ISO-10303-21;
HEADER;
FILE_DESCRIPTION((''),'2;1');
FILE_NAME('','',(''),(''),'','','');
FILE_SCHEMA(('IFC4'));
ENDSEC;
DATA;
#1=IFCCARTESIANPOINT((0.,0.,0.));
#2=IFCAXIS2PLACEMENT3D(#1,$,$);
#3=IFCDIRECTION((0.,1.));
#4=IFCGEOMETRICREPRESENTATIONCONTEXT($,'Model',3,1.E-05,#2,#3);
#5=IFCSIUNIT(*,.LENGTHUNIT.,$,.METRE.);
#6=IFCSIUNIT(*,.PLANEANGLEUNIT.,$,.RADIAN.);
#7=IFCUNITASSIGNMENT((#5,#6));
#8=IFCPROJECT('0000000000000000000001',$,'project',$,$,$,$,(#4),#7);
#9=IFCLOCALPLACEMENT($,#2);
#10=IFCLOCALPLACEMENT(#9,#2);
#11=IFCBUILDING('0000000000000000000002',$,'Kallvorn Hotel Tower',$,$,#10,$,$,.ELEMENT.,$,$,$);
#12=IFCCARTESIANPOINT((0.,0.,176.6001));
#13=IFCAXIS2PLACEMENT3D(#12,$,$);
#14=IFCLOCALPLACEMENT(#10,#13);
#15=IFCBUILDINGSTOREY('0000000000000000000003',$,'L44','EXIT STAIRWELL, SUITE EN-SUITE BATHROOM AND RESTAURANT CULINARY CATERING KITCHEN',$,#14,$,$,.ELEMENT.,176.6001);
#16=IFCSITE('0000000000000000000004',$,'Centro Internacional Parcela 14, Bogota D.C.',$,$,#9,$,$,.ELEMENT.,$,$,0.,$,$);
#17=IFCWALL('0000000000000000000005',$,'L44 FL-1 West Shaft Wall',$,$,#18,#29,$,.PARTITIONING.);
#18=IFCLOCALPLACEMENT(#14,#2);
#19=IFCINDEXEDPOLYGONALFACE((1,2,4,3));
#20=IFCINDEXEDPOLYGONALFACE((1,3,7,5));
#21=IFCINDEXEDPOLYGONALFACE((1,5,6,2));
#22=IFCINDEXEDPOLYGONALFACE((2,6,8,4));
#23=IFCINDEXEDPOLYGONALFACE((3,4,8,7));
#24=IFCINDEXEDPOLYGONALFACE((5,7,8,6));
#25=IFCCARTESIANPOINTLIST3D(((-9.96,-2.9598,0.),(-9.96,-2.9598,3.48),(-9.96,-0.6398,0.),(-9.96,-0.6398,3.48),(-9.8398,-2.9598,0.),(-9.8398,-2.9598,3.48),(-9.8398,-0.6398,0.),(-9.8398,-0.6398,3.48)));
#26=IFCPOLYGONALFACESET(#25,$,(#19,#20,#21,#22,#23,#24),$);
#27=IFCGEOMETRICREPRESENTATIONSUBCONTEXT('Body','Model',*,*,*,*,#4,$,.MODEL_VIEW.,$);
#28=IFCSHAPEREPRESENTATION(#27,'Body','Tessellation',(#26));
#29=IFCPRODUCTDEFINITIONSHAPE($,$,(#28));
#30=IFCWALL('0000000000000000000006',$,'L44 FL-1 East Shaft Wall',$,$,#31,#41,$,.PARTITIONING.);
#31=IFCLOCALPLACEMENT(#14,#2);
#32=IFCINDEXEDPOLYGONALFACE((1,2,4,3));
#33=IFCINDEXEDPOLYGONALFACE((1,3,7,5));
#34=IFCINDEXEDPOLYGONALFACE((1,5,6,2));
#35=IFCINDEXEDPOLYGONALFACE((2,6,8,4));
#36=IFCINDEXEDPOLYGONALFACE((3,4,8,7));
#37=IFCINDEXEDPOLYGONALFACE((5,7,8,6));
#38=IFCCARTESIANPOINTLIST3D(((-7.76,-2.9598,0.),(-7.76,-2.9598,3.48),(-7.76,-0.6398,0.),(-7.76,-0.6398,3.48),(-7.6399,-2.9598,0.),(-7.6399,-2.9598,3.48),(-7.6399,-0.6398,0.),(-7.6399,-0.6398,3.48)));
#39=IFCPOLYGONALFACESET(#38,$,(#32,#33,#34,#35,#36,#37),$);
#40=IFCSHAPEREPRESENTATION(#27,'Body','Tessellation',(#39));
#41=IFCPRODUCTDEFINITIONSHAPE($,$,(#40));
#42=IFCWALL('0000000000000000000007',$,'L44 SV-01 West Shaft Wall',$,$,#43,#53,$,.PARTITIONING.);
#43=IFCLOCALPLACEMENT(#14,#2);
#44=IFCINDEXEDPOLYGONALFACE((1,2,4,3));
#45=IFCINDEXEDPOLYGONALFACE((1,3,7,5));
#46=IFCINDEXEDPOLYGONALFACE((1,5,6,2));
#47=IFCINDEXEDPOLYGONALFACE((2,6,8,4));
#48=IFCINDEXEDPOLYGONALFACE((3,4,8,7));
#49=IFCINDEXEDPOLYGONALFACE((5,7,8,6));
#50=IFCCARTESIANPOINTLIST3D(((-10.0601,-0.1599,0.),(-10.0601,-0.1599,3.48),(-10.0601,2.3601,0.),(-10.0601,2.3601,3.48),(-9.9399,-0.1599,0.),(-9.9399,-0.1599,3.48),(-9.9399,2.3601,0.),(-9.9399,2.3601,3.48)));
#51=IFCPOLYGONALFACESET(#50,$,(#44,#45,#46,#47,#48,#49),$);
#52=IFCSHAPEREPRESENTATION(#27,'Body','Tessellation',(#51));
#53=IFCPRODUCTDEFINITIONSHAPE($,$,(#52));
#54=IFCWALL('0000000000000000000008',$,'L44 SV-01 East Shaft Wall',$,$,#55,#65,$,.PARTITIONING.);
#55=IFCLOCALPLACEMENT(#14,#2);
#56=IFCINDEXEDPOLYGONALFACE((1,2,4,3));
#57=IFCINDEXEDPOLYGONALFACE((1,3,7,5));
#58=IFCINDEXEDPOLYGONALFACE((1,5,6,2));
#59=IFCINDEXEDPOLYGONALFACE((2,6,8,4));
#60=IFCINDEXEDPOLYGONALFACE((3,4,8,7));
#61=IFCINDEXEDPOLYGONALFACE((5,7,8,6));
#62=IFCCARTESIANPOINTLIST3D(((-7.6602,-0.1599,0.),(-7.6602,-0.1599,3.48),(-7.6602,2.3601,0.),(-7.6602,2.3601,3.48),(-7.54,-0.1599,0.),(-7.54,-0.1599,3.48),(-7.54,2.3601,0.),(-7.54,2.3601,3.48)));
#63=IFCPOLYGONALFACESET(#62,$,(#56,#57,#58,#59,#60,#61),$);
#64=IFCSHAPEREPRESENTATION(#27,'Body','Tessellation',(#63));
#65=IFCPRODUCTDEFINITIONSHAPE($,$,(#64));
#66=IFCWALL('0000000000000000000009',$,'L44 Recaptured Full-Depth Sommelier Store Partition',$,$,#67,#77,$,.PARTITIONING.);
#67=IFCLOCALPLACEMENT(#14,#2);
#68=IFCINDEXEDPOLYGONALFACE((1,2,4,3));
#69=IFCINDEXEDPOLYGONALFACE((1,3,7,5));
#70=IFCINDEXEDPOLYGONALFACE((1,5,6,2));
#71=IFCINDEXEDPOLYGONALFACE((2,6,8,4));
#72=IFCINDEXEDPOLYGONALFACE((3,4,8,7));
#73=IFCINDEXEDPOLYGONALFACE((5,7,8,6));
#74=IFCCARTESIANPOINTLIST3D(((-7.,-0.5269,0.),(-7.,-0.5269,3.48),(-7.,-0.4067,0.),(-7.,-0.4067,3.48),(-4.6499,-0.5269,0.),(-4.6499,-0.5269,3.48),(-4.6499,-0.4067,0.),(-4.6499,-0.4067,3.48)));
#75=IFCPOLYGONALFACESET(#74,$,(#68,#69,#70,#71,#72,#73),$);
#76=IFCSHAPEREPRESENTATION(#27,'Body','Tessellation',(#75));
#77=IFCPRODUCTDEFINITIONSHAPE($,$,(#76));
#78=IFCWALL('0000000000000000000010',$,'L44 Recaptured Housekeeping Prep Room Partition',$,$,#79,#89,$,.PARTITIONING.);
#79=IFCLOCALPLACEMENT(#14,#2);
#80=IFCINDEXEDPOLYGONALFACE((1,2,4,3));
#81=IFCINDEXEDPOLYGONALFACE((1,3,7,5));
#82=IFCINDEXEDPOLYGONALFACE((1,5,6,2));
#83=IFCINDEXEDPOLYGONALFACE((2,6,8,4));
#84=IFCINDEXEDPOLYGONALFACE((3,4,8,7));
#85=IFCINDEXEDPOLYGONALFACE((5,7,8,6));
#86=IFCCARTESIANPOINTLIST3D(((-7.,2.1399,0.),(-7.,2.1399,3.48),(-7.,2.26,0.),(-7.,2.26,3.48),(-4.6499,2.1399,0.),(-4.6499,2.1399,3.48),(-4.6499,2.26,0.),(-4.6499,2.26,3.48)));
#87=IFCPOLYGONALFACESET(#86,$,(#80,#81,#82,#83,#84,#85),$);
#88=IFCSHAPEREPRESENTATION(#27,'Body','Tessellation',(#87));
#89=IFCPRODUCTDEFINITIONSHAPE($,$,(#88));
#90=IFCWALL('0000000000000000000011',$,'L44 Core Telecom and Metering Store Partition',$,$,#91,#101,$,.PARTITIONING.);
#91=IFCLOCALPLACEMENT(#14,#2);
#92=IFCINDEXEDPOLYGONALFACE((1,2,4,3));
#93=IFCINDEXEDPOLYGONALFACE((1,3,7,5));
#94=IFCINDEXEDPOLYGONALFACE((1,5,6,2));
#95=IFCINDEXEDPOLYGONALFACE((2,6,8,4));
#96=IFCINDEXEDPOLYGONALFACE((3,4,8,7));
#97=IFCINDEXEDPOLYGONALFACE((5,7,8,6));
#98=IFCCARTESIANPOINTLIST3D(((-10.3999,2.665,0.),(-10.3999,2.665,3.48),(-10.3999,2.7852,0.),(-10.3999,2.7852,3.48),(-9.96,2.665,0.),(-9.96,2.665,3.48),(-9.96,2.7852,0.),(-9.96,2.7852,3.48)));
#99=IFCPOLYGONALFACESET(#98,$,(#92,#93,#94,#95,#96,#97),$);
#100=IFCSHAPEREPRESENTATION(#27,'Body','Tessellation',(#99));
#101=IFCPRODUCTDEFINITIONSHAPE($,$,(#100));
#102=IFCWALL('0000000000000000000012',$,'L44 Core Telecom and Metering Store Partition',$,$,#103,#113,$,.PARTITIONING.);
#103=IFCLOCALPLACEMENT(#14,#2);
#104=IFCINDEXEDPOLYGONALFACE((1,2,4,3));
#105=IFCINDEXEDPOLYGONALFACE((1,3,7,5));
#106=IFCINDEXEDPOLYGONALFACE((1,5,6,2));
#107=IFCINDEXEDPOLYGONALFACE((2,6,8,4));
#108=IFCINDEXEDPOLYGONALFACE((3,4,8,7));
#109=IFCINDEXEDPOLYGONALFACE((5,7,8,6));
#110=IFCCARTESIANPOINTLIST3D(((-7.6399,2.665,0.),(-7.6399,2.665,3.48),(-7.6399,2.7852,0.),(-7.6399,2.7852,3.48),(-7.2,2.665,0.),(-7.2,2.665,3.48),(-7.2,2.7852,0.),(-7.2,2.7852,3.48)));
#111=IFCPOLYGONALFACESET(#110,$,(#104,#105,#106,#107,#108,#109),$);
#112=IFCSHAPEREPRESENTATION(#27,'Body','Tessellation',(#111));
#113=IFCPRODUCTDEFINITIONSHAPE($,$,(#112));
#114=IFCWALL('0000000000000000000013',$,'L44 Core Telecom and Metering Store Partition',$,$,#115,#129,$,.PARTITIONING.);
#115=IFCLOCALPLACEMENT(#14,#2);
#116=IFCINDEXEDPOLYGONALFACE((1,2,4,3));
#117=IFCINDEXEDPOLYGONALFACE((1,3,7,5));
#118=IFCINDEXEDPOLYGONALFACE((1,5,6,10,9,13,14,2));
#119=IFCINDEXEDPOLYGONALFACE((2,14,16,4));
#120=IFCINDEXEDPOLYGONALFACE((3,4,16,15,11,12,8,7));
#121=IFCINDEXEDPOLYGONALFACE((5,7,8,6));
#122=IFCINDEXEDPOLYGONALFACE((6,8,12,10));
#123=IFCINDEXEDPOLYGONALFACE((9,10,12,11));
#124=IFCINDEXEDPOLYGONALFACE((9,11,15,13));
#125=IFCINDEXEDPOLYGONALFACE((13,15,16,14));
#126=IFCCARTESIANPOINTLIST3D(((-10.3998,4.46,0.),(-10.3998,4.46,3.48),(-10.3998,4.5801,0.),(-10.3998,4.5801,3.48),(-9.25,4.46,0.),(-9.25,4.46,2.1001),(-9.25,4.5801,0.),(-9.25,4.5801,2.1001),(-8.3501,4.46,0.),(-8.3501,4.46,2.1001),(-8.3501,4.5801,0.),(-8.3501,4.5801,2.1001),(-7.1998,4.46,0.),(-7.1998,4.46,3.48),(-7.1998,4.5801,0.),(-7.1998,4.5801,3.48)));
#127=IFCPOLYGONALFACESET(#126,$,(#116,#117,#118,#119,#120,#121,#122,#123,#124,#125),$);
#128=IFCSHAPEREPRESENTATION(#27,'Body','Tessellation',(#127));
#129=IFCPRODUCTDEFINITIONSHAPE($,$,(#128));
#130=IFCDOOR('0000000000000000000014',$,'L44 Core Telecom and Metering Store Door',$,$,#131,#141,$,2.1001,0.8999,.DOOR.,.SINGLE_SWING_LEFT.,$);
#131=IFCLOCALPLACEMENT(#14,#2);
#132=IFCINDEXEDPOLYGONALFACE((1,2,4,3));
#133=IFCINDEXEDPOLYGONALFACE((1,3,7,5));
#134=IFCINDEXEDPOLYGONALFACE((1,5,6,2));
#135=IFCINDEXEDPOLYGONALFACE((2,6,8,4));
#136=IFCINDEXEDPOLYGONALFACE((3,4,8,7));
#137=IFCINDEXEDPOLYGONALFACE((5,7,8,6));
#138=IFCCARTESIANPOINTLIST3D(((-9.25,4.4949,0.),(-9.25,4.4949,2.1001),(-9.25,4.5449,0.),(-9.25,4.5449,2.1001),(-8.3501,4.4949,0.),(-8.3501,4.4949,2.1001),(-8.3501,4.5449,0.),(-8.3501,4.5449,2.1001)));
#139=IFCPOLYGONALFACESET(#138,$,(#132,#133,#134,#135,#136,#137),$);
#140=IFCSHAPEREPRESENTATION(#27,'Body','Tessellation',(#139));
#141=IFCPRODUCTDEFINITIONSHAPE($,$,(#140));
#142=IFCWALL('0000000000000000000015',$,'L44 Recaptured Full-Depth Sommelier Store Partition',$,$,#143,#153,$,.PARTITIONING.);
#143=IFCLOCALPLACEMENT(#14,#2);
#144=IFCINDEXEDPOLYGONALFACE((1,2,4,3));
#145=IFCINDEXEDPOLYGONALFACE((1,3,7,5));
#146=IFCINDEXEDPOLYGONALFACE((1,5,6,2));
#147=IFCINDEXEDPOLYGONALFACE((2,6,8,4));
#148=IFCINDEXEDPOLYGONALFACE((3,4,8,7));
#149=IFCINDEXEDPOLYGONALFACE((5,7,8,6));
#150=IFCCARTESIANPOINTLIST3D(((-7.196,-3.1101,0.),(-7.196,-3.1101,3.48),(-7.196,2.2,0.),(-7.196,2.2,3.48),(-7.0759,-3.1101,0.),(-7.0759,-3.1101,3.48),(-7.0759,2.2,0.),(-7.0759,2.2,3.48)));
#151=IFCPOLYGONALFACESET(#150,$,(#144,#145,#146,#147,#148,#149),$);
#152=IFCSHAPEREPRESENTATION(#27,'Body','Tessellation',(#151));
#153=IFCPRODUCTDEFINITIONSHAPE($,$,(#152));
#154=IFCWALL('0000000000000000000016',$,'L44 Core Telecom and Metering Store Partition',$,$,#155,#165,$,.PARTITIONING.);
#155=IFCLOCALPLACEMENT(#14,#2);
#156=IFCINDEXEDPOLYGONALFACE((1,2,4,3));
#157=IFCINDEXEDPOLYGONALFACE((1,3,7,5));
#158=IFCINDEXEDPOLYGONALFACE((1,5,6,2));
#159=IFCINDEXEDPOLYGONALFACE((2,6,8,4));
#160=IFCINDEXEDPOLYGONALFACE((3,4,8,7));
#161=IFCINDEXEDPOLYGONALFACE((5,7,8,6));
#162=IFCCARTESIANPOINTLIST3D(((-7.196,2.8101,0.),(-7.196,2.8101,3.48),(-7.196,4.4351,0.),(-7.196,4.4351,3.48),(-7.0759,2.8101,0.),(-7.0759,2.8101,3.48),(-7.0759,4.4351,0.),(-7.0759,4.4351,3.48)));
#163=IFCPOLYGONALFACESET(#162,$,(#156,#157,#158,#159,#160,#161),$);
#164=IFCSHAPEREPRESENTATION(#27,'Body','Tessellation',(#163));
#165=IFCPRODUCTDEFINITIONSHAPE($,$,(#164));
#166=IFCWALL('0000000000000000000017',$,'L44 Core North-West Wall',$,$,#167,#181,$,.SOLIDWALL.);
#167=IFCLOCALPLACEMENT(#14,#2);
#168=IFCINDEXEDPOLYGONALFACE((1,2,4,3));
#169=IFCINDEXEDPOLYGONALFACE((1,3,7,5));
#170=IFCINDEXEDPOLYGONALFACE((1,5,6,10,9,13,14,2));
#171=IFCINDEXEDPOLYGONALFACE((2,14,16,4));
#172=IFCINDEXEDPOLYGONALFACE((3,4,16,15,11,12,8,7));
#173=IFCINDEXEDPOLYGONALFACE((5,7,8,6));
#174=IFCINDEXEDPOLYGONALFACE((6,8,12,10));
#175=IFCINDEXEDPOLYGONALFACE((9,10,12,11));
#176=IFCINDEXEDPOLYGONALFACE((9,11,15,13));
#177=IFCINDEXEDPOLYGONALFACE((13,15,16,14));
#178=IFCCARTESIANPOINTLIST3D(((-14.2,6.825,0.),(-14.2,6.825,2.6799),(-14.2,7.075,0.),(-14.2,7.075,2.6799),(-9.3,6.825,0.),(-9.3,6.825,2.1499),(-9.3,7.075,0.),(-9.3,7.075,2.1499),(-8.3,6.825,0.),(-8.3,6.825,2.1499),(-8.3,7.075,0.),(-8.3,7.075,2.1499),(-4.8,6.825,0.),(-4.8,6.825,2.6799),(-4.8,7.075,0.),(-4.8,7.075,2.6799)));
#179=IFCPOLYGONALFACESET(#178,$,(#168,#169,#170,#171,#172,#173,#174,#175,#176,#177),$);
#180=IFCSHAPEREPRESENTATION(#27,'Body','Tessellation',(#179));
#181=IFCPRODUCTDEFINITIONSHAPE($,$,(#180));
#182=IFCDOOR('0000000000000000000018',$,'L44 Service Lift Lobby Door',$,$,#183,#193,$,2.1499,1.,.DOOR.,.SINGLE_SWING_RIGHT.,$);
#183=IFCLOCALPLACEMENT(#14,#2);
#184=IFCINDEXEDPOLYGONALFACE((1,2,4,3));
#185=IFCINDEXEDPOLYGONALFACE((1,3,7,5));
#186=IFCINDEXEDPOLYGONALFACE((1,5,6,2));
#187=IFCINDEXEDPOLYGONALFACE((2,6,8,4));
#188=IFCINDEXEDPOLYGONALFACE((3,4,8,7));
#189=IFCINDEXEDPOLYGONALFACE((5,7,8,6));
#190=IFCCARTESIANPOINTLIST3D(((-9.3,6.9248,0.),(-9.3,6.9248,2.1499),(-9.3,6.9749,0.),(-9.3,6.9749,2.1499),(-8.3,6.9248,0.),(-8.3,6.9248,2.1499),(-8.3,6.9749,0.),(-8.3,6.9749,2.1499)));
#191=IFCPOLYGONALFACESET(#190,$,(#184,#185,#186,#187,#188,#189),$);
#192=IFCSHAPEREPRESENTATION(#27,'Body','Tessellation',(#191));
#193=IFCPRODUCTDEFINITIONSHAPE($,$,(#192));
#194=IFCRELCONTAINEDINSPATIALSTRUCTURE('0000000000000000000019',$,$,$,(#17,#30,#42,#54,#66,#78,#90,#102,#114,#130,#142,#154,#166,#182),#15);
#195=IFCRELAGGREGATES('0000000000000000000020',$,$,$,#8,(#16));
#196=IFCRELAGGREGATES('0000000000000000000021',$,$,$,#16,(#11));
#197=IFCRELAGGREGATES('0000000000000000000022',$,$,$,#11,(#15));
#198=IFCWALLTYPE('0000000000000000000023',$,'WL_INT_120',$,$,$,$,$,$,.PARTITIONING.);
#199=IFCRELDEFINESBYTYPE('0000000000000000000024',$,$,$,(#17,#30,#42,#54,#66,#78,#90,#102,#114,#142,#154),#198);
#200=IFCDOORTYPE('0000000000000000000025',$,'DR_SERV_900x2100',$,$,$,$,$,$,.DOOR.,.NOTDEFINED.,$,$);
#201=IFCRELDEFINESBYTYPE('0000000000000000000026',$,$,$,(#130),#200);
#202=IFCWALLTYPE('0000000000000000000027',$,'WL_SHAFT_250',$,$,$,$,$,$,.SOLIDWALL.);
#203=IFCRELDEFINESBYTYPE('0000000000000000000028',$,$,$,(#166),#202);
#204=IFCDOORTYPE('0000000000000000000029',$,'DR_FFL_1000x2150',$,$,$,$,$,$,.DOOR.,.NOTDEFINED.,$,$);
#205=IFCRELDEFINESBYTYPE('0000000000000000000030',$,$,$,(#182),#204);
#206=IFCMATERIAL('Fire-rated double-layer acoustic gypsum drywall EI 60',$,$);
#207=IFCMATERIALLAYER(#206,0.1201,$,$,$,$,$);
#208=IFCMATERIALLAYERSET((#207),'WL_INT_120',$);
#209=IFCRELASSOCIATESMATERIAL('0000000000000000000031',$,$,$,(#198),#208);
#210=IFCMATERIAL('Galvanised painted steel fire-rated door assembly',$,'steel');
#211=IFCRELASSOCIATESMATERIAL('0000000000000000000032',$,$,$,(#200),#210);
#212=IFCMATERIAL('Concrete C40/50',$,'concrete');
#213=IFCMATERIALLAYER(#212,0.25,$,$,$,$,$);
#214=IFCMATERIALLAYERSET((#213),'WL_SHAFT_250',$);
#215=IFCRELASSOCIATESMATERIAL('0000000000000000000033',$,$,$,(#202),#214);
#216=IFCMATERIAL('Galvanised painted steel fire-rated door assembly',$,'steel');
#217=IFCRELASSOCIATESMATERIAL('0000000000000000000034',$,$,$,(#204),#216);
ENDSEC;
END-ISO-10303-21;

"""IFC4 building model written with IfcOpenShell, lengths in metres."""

from ifc_helpers import new_model, si_unit, direction, frame, frame_2d, origin, place, context, subcontext, project, spatial, rectangle, extrude, material, layer, layer_set, type_object, element, fill, save


model = new_model("IFC4")

# Units and contexts
model_context = context("Model", 3, precision=1e-05, world=origin(), true_north=direction((0.0, 1.0)))
body_context = subcontext(model_context, "Body", "Model", "MODEL_VIEW")
ifc_project = project(units=[si_unit("LENGTHUNIT", "METRE"), si_unit("PLANEANGLEUNIT", "RADIAN")], contexts=[model_context])

# Site, building, storey
site_placement = place(None, origin())
site = spatial("IfcSite", under=ifc_project, at=site_placement, Name="Centro Internacional Parcela 14, Bogota D.C.", CompositionType="ELEMENT", RefElevation=0.0)
building_placement = place(site_placement, origin())
building = spatial("IfcBuilding", under=site, at=building_placement, Name="Kallvorn Hotel Tower", CompositionType="ELEMENT")
storey_placement = place(building_placement, frame((0.0, 0.0, 176.6001)))
storey = spatial("IfcBuildingStorey", under=building, at=storey_placement, Name="L44", Description="EXIT STAIRWELL, SUITE EN-SUITE BATHROOM AND RESTAURANT CULINARY CATERING KITCHEN", CompositionType="ELEMENT", Elevation=176.6001)

# Walls
ifc_material_1 = material(Name="Fire-rated double-layer acoustic gypsum drywall EI 60")
ifc_layer_1 = layer(ifc_material_1, 0.1201)
ifc_layer_set_1 = layer_set([ifc_layer_1], Name="WL_INT_120")
wall_type_1 = type_object("IfcWallType", Name="WL_INT_120", PredefinedType="PARTITIONING", material=ifc_layer_set_1)
for number, where, z_axis, x_axis, name in (
    (1, (-9.8999, -2.96, 0.0), (0.0, 0.0, 1.0), (0.0, 1.0, 0.0), "L44 FL-1 West Shaft Wall"),
    (2, (-7.7, -2.96, 0.0), (0.0, 0.0, 1.0), (0.0, 1.0, 0.0), "L44 FL-1 East Shaft Wall"),
):
    element("IfcWall", number, at=place(storey_placement, frame(where, z_axis=z_axis, x_axis=x_axis)), inside=storey, type_object=wall_type_1, Name=name, PredefinedType="PARTITIONING", context=body_context, shape_type="SweptSolid", body=[
        extrude(rectangle(XDim=2.3201, YDim=0.1201, at=frame_2d((1.1602, 0.0))), origin(), (0.0, 0.0, 1.0), 3.48),
    ])
for number, where, z_axis, x_axis, name in (
    (3, (-10.0, -0.1599, 0.0), (0.0, 0.0, 1.0), (0.0, 1.0, 0.0), "L44 SV-01 West Shaft Wall"),
    (4, (-7.6001, -0.1599, 0.0), (0.0, 0.0, 1.0), (0.0, 1.0, 0.0), "L44 SV-01 East Shaft Wall"),
):
    element("IfcWall", number, at=place(storey_placement, frame(where, z_axis=z_axis, x_axis=x_axis)), inside=storey, type_object=wall_type_1, Name=name, PredefinedType="PARTITIONING", context=body_context, shape_type="SweptSolid", body=[
        extrude(rectangle(XDim=2.52, YDim=0.1201, at=frame_2d((1.26, 0.0))), origin(), (0.0, 0.0, 1.0), 3.48),
    ])
for number, where, z_axis, x_axis, name in (
    (5, (-7.0, -0.4668, 0.0), (0.0, 0.0, 1.0), (1.0, 0.0, 0.0), "L44 Recaptured Full-Depth Sommelier Store Partition"),
    (6, (-7.0, 2.2, 0.0), (0.0, 0.0, 1.0), (1.0, 0.0, 0.0), "L44 Recaptured Housekeeping Prep Room Partition"),
):
    element("IfcWall", number, at=place(storey_placement, frame(where, z_axis=z_axis, x_axis=x_axis)), inside=storey, type_object=wall_type_1, Name=name, PredefinedType="PARTITIONING", context=body_context, shape_type="SweptSolid", body=[
        extrude(rectangle(XDim=2.3501, YDim=0.1201, at=frame_2d((1.175, 0.0))), origin(), (0.0, 0.0, 1.0), 3.48),
    ])
for number, where, z_axis, x_axis, name in (
    (7, (-10.3999, 2.7251, 0.0), (0.0, 0.0, 1.0), (1.0, 0.0, 0.0), "L44 Core Telecom and Metering Store Partition"),
    (8, (-7.6399, 2.7251, 0.0), (0.0, 0.0, 1.0), (1.0, 0.0, 0.0), "L44 Core Telecom and Metering Store Partition"),
):
    element("IfcWall", number, at=place(storey_placement, frame(where, z_axis=z_axis, x_axis=x_axis)), inside=storey, type_object=wall_type_1, Name=name, PredefinedType="PARTITIONING", context=body_context, shape_type="SweptSolid", body=[
        extrude(rectangle(XDim=0.4399, YDim=0.1201, at=frame_2d((0.22, 0.0))), origin(), (0.0, 0.0, 1.0), 3.48),
    ])

# Wall, opening, door
wall_1_placement = place(storey_placement, frame((-10.3999, 4.52, 0.0), z_axis=(0.0, 0.0, 1.0), x_axis=(1.0, 0.0, 0.0)))
wall_1 = element("IfcWall", 9, at=wall_1_placement, inside=storey, type_object=wall_type_1, Name="L44 Core Telecom and Metering Store Partition", PredefinedType="PARTITIONING", context=body_context, shape_type="SweptSolid", body=[
    extrude(rectangle(XDim=3.2, YDim=0.1201, at=frame_2d((1.6001, 0.0))), origin(), (0.0, 0.0, 1.0), 3.48),
])
opening_1_placement = place(wall_1_placement, frame((1.1499, 0.0, 0.0)))
opening_1 = element("IfcOpeningElement", 10, at=opening_1_placement, cuts=wall_1, PredefinedType="OPENING", context=body_context, shape_type="SweptSolid", body=[
    extrude(rectangle(XDim=0.8999, YDim=2.1001, at=frame_2d((0.45, 1.05))), frame((0.0, 0.075, 0.0), z_axis=(0.0, -1.0, 0.0), x_axis=(1.0, 0.0, 0.0)), (0.0, 0.0, 1.0), 0.1501),
])
ifc_material_2 = material(Name="Galvanised painted steel fire-rated door assembly", Category="steel")
door_type_1 = type_object("IfcDoorType", Name="DR_SERV_900x2100", OperationType="NOTDEFINED", PredefinedType="DOOR", material=ifc_material_2)
door_1_placement = place(opening_1_placement, origin())
door_1 = element("IfcDoor", 11, at=door_1_placement, inside=storey, type_object=door_type_1, Name="L44 Core Telecom and Metering Store Door", OperationType="SINGLE_SWING_LEFT", OverallHeight=2.1001, OverallWidth=0.8999, PredefinedType="DOOR", context=body_context, shape_type="SweptSolid", body=[
    extrude(rectangle(XDim=0.8999, YDim=2.1001, at=frame_2d((0.45, 1.05))), frame((0.0, 0.0249, 0.0), z_axis=(0.0, -1.0, 0.0), x_axis=(1.0, 0.0, 0.0)), (0.0, 0.0, 1.0), 0.05),
])
fill(opening_1, door_1)

# Walls
wall_2_placement = place(storey_placement, frame((-7.136, -3.1101, 0.0), z_axis=(0.0, 0.0, 1.0), x_axis=(0.0, 1.0, 0.0)))
element("IfcWall", 12, at=wall_2_placement, inside=storey, type_object=wall_type_1, Name="L44 Recaptured Full-Depth Sommelier Store Partition", PredefinedType="PARTITIONING", context=body_context, shape_type="SweptSolid", body=[
    extrude(rectangle(XDim=5.3101, YDim=0.1201, at=frame_2d((2.655, 0.0))), origin(), (0.0, 0.0, 1.0), 3.48),
])
wall_3_placement = place(storey_placement, frame((-7.136, 2.8101, 0.0), z_axis=(0.0, 0.0, 1.0), x_axis=(0.0, 1.0, 0.0)))
element("IfcWall", 13, at=wall_3_placement, inside=storey, type_object=wall_type_1, Name="L44 Core Telecom and Metering Store Partition", PredefinedType="PARTITIONING", context=body_context, shape_type="SweptSolid", body=[
    extrude(rectangle(XDim=1.625, YDim=0.1201, at=frame_2d((0.8125, 0.0))), origin(), (0.0, 0.0, 1.0), 3.48),
])

# Wall, opening, door
ifc_material_3 = material(Name="Concrete C40/50", Category="concrete")
ifc_layer_2 = layer(ifc_material_3, 0.25)
ifc_layer_set_2 = layer_set([ifc_layer_2], Name="WL_SHAFT_250")
wall_type_2 = type_object("IfcWallType", Name="WL_SHAFT_250", PredefinedType="SOLIDWALL", material=ifc_layer_set_2)
wall_4_placement = place(storey_placement, frame((-14.2, 6.95, 0.0), z_axis=(0.0, 0.0, 1.0), x_axis=(1.0, 0.0, 0.0)))
wall_4 = element("IfcWall", 14, at=wall_4_placement, inside=storey, type_object=wall_type_2, Name="L44 Core North-West Wall", PredefinedType="SOLIDWALL", context=body_context, shape_type="SweptSolid", body=[
    extrude(rectangle(XDim=9.3999, YDim=0.25, at=frame_2d((4.7, 0.0))), origin(), (0.0, 0.0, 1.0), 2.6799),
])
opening_2_placement = place(wall_4_placement, frame((4.8999, 0.0, 0.0)))
opening_2 = element("IfcOpeningElement", 15, at=opening_2_placement, cuts=wall_4, PredefinedType="OPENING", context=body_context, shape_type="SweptSolid", body=[
    extrude(rectangle(XDim=1.0, YDim=2.1499, at=frame_2d((0.5, 1.075))), frame((0.0, 0.1399, 0.0), z_axis=(0.0, -1.0, 0.0), x_axis=(1.0, 0.0, 0.0)), (0.0, 0.0, 1.0), 0.28),
])
ifc_material_4 = material(Name="Galvanised painted steel fire-rated door assembly", Category="steel")
door_type_2 = type_object("IfcDoorType", Name="DR_FFL_1000x2150", OperationType="NOTDEFINED", PredefinedType="DOOR", material=ifc_material_4)
door_2_placement = place(opening_2_placement, origin())
door_2 = element("IfcDoor", 16, at=door_2_placement, inside=storey, type_object=door_type_2, Name="L44 Service Lift Lobby Door", OperationType="SINGLE_SWING_RIGHT", OverallHeight=2.1499, OverallWidth=1.0, PredefinedType="DOOR", context=body_context, shape_type="SweptSolid", body=[
    extrude(rectangle(XDim=1.0, YDim=2.1499, at=frame_2d((0.5, 1.075))), frame((0.0, 0.0249, 0.0), z_axis=(0.0, -1.0, 0.0), x_axis=(1.0, 0.0, 0.0)), (0.0, 0.0, 1.0), 0.05),
])
fill(opening_2, door_2)

save(model, "model.ifc")
